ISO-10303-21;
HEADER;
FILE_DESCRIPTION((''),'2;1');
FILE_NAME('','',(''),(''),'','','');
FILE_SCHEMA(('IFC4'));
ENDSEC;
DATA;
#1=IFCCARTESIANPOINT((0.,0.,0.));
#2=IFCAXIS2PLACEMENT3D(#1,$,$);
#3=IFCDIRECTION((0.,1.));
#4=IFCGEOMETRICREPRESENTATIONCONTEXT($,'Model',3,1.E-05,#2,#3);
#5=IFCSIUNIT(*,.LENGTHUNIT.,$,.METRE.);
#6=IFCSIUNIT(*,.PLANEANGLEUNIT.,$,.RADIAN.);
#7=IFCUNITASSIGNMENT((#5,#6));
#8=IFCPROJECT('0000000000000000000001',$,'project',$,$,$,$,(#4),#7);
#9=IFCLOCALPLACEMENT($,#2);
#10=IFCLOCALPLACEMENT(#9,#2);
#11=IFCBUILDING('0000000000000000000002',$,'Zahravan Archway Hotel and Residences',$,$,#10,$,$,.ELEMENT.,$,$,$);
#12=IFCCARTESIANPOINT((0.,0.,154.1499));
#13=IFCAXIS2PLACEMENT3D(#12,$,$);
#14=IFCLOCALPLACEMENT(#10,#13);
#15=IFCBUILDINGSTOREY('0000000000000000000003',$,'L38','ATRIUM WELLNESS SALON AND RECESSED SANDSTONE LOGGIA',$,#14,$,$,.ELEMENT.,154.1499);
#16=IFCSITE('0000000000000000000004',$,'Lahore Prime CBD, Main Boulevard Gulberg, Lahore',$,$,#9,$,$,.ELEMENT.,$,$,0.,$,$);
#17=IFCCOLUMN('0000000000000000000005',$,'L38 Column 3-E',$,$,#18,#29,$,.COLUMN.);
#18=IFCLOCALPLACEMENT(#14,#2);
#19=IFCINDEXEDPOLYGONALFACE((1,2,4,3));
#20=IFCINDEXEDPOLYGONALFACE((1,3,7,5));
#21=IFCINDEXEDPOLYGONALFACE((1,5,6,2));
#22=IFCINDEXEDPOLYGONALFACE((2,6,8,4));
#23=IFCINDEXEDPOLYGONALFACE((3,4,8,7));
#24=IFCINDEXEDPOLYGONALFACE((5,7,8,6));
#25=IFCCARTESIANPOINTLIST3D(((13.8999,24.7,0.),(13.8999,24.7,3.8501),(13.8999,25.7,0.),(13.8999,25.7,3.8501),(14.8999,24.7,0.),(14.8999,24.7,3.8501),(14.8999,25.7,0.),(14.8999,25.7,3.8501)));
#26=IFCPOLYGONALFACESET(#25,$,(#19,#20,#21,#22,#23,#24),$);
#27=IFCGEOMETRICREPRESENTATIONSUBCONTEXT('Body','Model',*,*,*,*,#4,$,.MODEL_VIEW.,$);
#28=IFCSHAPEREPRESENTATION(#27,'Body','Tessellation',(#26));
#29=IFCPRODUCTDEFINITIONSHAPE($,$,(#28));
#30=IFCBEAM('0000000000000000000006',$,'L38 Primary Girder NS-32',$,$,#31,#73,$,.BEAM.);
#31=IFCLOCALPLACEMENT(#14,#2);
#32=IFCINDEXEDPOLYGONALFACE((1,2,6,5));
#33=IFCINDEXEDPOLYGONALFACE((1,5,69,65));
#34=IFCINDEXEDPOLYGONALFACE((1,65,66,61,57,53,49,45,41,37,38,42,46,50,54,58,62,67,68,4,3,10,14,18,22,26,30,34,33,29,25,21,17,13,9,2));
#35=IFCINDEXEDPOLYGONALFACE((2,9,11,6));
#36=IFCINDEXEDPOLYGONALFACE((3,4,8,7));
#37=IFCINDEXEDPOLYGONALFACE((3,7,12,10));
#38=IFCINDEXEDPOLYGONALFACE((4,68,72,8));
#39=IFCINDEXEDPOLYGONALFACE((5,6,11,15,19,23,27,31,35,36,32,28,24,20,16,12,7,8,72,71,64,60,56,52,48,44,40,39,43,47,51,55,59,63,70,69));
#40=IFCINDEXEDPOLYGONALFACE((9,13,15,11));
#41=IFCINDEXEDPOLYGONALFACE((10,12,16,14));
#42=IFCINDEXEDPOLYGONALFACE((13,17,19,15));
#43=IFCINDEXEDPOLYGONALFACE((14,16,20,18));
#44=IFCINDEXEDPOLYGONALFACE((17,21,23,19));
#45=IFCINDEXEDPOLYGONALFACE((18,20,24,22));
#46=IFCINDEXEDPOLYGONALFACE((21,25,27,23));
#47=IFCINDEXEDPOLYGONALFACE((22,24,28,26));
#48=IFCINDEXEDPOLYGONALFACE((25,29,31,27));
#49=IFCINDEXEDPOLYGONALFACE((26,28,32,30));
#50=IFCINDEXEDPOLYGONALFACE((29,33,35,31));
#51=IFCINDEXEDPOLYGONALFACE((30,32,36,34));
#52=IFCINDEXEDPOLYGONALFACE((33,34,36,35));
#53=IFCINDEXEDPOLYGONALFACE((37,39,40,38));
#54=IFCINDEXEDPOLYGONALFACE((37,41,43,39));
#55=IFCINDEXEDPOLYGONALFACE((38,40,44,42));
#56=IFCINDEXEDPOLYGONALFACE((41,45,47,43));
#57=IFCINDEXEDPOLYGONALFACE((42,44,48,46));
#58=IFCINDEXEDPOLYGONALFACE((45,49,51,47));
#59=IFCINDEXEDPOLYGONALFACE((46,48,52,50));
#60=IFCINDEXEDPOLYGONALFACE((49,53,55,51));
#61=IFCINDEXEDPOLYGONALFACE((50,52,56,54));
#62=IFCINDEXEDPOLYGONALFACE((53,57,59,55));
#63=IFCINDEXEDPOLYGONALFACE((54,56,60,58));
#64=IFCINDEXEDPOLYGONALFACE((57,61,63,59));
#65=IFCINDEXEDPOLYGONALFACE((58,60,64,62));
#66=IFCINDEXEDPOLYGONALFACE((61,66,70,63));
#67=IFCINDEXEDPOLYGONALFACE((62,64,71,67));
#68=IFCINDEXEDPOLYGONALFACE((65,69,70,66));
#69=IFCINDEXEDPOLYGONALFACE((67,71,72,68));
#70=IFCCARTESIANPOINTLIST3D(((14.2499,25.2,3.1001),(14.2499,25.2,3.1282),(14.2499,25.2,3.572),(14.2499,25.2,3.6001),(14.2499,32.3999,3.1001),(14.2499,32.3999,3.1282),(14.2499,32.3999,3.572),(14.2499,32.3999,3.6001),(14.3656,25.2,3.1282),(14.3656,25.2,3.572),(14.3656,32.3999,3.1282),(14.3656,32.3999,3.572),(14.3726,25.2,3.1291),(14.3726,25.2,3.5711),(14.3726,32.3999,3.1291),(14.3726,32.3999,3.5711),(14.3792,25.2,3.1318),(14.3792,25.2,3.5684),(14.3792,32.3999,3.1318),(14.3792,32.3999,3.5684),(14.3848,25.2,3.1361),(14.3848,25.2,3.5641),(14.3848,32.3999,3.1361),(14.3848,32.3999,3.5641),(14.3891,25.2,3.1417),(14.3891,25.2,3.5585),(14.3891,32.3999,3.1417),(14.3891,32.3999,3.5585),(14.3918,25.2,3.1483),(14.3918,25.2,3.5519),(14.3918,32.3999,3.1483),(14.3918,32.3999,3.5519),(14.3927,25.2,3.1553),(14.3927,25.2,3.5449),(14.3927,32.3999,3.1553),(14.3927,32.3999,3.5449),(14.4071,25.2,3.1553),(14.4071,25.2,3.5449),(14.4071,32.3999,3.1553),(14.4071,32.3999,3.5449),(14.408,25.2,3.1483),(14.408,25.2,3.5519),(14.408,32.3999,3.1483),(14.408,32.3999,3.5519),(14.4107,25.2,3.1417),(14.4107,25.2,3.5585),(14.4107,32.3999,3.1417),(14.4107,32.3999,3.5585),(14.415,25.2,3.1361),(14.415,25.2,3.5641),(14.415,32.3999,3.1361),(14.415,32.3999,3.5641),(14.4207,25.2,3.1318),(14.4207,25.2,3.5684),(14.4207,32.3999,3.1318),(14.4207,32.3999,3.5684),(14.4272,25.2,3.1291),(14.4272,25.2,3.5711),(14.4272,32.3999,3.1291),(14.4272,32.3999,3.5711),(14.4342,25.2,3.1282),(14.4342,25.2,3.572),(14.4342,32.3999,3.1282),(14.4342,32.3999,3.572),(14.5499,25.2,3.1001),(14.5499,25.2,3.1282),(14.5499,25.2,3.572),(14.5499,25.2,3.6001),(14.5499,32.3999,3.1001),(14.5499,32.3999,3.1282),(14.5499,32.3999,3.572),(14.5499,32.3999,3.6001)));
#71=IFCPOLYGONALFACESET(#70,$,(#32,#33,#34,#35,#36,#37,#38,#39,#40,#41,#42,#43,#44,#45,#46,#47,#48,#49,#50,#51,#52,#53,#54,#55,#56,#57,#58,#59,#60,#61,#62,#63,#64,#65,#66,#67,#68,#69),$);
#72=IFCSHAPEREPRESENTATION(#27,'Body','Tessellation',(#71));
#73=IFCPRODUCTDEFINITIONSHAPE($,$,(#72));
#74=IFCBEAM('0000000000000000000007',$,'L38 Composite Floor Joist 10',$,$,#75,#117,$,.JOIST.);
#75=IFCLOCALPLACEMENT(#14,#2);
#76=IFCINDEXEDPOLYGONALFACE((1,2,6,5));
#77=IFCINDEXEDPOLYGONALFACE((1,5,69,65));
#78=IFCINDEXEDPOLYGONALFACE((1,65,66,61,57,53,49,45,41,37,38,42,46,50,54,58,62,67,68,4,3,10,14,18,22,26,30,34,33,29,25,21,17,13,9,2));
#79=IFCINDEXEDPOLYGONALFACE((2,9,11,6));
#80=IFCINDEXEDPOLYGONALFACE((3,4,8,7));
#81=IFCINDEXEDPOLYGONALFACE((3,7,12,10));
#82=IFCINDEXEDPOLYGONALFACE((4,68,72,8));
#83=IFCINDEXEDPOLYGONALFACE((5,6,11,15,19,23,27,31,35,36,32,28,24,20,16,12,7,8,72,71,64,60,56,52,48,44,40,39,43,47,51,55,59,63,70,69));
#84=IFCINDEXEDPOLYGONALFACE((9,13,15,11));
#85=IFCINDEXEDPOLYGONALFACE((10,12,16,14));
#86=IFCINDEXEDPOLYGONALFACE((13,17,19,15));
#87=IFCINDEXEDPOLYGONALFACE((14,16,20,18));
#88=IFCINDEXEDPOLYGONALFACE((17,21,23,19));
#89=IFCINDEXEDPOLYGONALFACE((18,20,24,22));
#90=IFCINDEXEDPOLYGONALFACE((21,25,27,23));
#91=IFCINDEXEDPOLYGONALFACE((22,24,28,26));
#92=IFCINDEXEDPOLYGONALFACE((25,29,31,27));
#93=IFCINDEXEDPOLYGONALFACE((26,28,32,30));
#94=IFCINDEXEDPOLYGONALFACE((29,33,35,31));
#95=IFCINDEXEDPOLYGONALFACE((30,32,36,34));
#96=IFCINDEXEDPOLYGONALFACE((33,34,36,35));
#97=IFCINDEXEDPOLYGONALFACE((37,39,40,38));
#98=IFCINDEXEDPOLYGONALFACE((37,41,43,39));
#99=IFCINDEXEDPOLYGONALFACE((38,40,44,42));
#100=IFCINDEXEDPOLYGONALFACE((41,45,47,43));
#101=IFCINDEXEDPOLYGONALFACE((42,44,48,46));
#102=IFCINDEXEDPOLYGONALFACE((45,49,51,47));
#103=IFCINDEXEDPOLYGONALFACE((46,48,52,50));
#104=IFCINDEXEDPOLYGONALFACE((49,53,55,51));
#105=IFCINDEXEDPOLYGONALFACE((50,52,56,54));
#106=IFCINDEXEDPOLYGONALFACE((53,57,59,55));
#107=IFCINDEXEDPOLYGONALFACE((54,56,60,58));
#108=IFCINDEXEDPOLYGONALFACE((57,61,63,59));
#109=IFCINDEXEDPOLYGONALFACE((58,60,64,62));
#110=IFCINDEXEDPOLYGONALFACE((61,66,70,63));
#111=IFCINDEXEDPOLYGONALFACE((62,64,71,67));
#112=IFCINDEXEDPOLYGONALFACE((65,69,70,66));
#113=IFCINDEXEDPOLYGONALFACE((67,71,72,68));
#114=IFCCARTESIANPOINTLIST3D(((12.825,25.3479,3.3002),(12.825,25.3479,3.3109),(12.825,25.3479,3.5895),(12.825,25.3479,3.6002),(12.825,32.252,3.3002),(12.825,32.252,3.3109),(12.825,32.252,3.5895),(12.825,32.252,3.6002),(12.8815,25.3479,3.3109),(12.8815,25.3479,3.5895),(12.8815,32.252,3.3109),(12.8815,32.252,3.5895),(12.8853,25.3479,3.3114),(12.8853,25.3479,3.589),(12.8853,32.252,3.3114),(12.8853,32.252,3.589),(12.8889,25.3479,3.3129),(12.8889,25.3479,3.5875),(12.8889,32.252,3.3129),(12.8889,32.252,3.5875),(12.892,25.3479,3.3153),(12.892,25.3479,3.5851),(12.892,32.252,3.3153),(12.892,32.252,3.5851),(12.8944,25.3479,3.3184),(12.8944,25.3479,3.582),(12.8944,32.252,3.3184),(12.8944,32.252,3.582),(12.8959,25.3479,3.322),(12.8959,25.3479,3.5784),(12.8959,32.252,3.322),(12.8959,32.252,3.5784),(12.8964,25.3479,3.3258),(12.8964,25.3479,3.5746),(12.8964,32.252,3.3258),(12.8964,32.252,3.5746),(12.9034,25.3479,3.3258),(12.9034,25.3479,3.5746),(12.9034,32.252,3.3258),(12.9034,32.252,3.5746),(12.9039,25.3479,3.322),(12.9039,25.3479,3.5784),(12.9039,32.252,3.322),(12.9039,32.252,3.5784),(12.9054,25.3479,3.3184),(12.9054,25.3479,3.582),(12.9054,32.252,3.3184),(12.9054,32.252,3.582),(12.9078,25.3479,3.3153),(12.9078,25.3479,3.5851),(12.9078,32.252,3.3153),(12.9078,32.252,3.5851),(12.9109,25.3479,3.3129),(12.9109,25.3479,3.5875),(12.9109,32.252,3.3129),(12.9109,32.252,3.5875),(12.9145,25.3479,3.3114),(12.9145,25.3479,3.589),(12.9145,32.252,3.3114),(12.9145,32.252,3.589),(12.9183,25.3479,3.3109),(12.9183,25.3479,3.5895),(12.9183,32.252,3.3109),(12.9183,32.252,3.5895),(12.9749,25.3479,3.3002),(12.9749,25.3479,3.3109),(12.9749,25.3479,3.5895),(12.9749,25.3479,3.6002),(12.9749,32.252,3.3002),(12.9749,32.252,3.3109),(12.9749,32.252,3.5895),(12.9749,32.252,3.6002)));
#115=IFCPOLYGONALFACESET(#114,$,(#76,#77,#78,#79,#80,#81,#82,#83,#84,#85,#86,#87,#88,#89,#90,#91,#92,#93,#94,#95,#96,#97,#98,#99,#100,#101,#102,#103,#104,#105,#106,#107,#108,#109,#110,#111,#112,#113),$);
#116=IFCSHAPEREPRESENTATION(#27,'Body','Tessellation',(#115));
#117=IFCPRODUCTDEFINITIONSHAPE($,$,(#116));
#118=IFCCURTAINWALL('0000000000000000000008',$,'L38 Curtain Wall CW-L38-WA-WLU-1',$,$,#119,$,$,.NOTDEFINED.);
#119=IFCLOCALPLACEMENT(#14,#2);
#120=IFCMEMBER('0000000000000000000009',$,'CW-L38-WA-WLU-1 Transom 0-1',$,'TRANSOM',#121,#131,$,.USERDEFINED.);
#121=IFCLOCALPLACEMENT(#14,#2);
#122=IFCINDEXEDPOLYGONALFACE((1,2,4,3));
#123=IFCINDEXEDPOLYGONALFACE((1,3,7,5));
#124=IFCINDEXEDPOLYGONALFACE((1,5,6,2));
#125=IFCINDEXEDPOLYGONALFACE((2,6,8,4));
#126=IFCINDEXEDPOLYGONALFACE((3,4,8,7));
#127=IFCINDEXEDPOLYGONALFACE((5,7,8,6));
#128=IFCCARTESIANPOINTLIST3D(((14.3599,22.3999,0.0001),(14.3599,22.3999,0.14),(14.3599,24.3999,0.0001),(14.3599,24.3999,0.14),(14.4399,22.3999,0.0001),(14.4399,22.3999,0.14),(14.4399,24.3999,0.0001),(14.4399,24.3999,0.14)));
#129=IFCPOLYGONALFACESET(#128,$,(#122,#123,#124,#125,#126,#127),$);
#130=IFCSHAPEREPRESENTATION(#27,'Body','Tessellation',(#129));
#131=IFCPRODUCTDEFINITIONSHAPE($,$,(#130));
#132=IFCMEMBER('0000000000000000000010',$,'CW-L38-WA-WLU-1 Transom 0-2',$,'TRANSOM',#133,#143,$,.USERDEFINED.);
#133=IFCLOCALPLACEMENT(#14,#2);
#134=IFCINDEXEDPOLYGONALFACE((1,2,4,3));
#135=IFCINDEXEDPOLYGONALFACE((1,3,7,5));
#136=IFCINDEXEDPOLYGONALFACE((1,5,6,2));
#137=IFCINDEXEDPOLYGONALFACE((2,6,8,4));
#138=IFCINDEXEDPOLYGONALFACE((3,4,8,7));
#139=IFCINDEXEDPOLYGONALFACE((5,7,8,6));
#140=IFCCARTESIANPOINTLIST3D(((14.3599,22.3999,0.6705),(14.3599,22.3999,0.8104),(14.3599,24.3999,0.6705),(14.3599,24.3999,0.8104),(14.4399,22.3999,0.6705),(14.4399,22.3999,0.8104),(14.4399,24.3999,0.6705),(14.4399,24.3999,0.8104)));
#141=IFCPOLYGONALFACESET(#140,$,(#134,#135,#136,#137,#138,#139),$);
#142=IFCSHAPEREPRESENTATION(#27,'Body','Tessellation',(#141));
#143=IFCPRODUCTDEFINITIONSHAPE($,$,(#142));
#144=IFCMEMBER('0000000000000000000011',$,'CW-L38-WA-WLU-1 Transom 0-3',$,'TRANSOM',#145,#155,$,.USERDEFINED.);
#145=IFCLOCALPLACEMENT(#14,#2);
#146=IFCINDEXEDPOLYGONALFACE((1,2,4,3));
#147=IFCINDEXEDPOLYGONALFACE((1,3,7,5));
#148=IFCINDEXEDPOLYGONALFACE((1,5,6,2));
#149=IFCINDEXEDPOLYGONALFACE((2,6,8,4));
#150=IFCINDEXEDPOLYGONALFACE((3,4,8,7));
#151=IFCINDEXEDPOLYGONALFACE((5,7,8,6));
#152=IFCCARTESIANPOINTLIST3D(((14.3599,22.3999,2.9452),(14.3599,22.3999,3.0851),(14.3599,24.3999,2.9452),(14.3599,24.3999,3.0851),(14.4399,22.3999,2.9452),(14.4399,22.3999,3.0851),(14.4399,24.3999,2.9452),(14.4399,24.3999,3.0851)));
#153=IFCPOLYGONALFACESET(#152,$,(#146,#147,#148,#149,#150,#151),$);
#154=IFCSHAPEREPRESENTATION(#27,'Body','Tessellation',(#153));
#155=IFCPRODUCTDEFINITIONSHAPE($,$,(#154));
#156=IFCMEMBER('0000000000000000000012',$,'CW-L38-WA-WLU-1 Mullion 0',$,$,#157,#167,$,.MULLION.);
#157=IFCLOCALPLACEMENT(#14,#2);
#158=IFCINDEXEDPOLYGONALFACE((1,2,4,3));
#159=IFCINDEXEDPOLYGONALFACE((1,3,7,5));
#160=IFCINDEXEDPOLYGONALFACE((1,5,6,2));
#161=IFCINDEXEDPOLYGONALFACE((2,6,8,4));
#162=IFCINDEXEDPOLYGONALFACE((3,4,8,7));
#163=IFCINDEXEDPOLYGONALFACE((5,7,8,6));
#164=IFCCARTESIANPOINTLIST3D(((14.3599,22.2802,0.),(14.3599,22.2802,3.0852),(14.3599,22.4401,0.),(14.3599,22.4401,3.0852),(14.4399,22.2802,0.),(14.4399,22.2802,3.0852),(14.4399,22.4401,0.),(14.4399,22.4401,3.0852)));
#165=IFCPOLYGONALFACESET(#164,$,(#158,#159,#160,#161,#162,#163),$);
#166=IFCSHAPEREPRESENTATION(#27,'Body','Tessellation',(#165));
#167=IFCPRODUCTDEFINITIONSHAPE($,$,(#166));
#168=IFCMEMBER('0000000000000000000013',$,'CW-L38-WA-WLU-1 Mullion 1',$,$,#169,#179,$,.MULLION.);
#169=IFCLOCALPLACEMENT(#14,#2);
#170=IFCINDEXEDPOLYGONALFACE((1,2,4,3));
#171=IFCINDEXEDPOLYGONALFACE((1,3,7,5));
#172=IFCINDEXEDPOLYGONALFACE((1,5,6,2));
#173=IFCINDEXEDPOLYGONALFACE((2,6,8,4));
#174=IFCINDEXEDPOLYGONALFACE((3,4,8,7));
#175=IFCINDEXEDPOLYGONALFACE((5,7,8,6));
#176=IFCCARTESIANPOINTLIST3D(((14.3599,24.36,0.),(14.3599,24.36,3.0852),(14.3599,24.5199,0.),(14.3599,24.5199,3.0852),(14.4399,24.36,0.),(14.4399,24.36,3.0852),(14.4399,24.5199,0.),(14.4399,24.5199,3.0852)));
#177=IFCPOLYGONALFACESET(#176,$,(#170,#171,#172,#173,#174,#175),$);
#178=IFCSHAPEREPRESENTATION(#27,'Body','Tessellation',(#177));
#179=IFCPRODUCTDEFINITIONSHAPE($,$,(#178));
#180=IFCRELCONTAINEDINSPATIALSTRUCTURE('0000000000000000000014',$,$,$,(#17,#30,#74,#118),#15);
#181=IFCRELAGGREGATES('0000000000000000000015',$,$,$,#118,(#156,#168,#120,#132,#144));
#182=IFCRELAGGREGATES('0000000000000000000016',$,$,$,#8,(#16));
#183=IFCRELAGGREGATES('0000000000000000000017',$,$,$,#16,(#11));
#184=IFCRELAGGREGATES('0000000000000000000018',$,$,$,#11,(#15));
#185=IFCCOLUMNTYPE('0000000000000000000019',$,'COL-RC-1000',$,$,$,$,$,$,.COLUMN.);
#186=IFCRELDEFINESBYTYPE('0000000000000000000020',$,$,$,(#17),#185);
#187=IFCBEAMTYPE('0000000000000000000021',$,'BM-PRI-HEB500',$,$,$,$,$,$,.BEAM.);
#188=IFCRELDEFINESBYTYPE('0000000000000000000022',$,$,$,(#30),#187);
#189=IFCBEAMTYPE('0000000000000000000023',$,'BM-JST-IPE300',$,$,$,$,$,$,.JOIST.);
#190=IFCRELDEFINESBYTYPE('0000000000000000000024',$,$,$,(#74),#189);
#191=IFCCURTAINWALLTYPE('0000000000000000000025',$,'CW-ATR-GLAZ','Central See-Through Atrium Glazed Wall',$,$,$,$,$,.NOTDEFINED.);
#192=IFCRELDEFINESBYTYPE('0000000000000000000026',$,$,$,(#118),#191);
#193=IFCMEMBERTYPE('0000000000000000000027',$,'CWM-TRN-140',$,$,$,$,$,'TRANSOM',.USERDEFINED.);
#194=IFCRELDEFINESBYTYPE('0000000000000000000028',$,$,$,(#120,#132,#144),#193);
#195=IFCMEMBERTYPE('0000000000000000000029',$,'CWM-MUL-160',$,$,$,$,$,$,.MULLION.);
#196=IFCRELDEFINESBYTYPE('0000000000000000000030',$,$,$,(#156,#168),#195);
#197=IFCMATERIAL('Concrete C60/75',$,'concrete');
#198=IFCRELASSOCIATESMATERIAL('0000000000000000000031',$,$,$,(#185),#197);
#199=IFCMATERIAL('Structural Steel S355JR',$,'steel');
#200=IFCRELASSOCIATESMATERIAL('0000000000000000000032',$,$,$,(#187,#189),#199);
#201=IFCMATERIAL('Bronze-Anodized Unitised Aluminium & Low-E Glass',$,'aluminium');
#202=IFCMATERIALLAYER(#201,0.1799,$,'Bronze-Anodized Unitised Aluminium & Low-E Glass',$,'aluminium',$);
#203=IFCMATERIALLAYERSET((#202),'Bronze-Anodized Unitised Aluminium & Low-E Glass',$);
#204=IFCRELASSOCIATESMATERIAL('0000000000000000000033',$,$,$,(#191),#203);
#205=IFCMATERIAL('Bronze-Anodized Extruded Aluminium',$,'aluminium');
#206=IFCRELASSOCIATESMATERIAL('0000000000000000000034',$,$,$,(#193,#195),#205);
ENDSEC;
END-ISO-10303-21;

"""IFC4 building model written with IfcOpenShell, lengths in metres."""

from ifc_helpers import new_model, si_unit, direction, frame, origin, origin_2d, place, context, subcontext, project, spatial, rectangle, i_section, extrude, source, transform, mapped, material, layer, layer_set, material_profile, profile_set, type_object, type_shapes, element, aggregate, save


model = new_model("IFC4")

# Units and contexts
model_context = context("Model", 3, precision=1e-05, world=origin(), true_north=direction((0.0, 1.0)))
body_context = subcontext(model_context, "Body", "Model", "MODEL_VIEW")
ifc_project = project(units=[si_unit("LENGTHUNIT", "METRE"), si_unit("PLANEANGLEUNIT", "RADIAN")], contexts=[model_context])

# Site, building, storey
site_placement = place(None, origin())
site = spatial("IfcSite", under=ifc_project, at=site_placement, Name="Lahore Prime CBD, Main Boulevard Gulberg, Lahore", CompositionType="ELEMENT", RefElevation=0.0)
building_placement = place(site_placement, origin())
building = spatial("IfcBuilding", under=site, at=building_placement, Name="Zahravan Archway Hotel and Residences", CompositionType="ELEMENT")
storey_placement = place(building_placement, frame((0.0, 0.0, 154.1499)))
storey = spatial("IfcBuildingStorey", under=building, at=storey_placement, Name="L38", Description="ATRIUM WELLNESS SALON AND RECESSED SANDSTONE LOGGIA", CompositionType="ELEMENT", Elevation=154.1499)

# Column
ifc_material_1 = material(Name="Concrete C60/75", Category="concrete")
ifc_material_profile_1 = material_profile(ifc_material_1, rectangle(XDim=1.0, YDim=1.0, at=origin_2d()), Name="RC-COL-1000x1000", Category="concrete")
ifc_profile_set_1 = profile_set([ifc_material_profile_1], Name="Concrete C60/75")
column_type = type_object("IfcColumnType", Name="COL-RC-1000", PredefinedType="COLUMN", material=ifc_profile_set_1)
shared_shape_1 = source(origin(), body_context, "Body", "SweptSolid", [
    extrude(rectangle(XDim=1.0, YDim=1.0, at=origin_2d()), origin(), (0.0, 0.0, 1.0), 3.8501),
])
column_placement = place(storey_placement, frame((14.3999, 25.2, 0.0), z_axis=(0.0, 0.0, 1.0), x_axis=(1.0, 0.0, 0.0)))
element("IfcColumn", 1, at=column_placement, inside=storey, type_object=column_type, Name="L38 Column 3-E", PredefinedType="COLUMN", context=body_context, shape_type="MappedRepresentation", body=[
    mapped(shared_shape_1, transform((0.0, 0.0, 0.0), scale=1.0)),
])

# Beams
ifc_material_2 = material(Name="Structural Steel S355JR", Category="steel")
ifc_material_profile_2 = material_profile(ifc_material_2, i_section(OverallWidth=0.3, OverallDepth=0.5, WebThickness=0.0144, FlangeThickness=0.0281, FilletRadius=0.0271, at=origin_2d()), Name="HEB 500", Category="steel")
ifc_profile_set_2 = profile_set([ifc_material_profile_2], Name="Structural Steel S355JR")
beam_type_1 = type_object("IfcBeamType", Name="BM-PRI-HEB500", PredefinedType="BEAM", material=ifc_profile_set_2)
shared_shape_2 = source(origin(), body_context, "Body", "SweptSolid", [
    extrude(i_section(OverallWidth=0.3, OverallDepth=0.5, WebThickness=0.0144, FlangeThickness=0.0281, FilletRadius=0.0271, at=origin_2d()), origin(), (0.0, 0.0, 1.0), 7.2),
])
beam_1_placement = place(storey_placement, frame((14.3999, 25.2, 3.3501), z_axis=(0.0, 1.0, 0.0), x_axis=(-1.0, 0.0, 0.0)))
element("IfcBeam", 2, at=beam_1_placement, inside=storey, type_object=beam_type_1, Name="L38 Primary Girder NS-32", PredefinedType="BEAM", context=body_context, shape_type="MappedRepresentation", body=[
    mapped(shared_shape_2, transform((0.0, 0.0, 0.0), scale=1.0)),
])
ifc_material_profile_3 = material_profile(ifc_material_2, i_section(OverallWidth=0.1499, OverallDepth=0.3, WebThickness=0.0071, FlangeThickness=0.0107, FilletRadius=0.0149, at=origin_2d()), Name="IPE 300", Category="steel")
ifc_profile_set_3 = profile_set([ifc_material_profile_3], Name="Structural Steel S355JR")
beam_type_2 = type_object("IfcBeamType", Name="BM-JST-IPE300", PredefinedType="JOIST", material=ifc_profile_set_3)
shared_shape_3 = source(origin(), body_context, "Body", "SweptSolid", [
    extrude(i_section(OverallWidth=0.1499, OverallDepth=0.3, WebThickness=0.0071, FlangeThickness=0.0107, FilletRadius=0.0149, at=origin_2d()), origin(), (0.0, 0.0, 1.0), 6.9041),
])
type_shapes(beam_type_2, [shared_shape_3])
beam_2_placement = place(storey_placement, frame((12.8999, 25.3479, 3.4502), z_axis=(0.0, 1.0, 0.0), x_axis=(-1.0, 0.0, 0.0)))
element("IfcBeam", 3, at=beam_2_placement, inside=storey, type_object=beam_type_2, Name="L38 Composite Floor Joist 10", PredefinedType="JOIST", context=body_context, shape_type="MappedRepresentation", body=[
    mapped(shared_shape_3, transform((0.0, 0.0, 0.0), scale=1.0)),
])

# Curtain wall, members
ifc_material_3 = material(Name="Bronze-Anodized Unitised Aluminium & Low-E Glass", Category="aluminium")
ifc_layer_1 = layer(ifc_material_3, 0.1799, Name="Bronze-Anodized Unitised Aluminium & Low-E Glass", Category="aluminium")
ifc_layer_set_1 = layer_set([ifc_layer_1], Name="Bronze-Anodized Unitised Aluminium & Low-E Glass")
curtain_wall_type = type_object("IfcCurtainWallType", Name="CW-ATR-GLAZ", Description="Central See-Through Atrium Glazed Wall", PredefinedType="NOTDEFINED", material=ifc_layer_set_1)
curtain_wall_1_placement = place(storey_placement, origin())
curtain_wall_1 = element("IfcCurtainWall", 4, at=curtain_wall_1_placement, inside=storey, type_object=curtain_wall_type, Name="L38 Curtain Wall CW-L38-WA-WLU-1", PredefinedType="NOTDEFINED")
ifc_material_4 = material(Name="Bronze-Anodized Extruded Aluminium", Category="aluminium")
ifc_material_profile_4 = material_profile(ifc_material_4, rectangle(XDim=0.0801, YDim=0.1399, at=origin_2d()), Name="TRN 80x140", Category="aluminium")
ifc_profile_set_4 = profile_set([ifc_material_profile_4], Name="Bronze-Anodized Extruded Aluminium")
member_type_1 = type_object("IfcMemberType", Name="CWM-TRN-140", ElementType="TRANSOM", PredefinedType="USERDEFINED", material=ifc_profile_set_4)
shared_shape_4 = source(origin(), body_context, "Body", "SweptSolid", [
    extrude(rectangle(XDim=0.0801, YDim=0.1399, at=origin_2d()), origin(), (0.0, 0.0, 1.0), 2.0),
])
member_1_placement = place(storey_placement, frame((14.3999, 22.3999, 0.0701), z_axis=(0.0, 1.0, 0.0), x_axis=(-1.0, 0.0, 0.0)))
member_1 = element("IfcMember", 5, at=member_1_placement, type_object=member_type_1, Name="CW-L38-WA-WLU-1 Transom 0-1", ObjectType="TRANSOM", PredefinedType="USERDEFINED", context=body_context, shape_type="MappedRepresentation", body=[
    mapped(shared_shape_4, transform((0.0, 0.0, 0.0), scale=1.0)),
])
member_2_placement = place(storey_placement, frame((14.3999, 22.3999, 0.7405), z_axis=(0.0, 1.0, 0.0), x_axis=(-1.0, 0.0, 0.0)))
member_2 = element("IfcMember", 6, at=member_2_placement, type_object=member_type_1, Name="CW-L38-WA-WLU-1 Transom 0-2", ObjectType="TRANSOM", PredefinedType="USERDEFINED", context=body_context, shape_type="MappedRepresentation", body=[
    mapped(shared_shape_4, transform((0.0, 0.0, 0.0), scale=1.0)),
])
member_3_placement = place(storey_placement, frame((14.3999, 22.3999, 3.0151), z_axis=(0.0, 1.0, 0.0), x_axis=(-1.0, 0.0, 0.0)))
member_3 = element("IfcMember", 7, at=member_3_placement, type_object=member_type_1, Name="CW-L38-WA-WLU-1 Transom 0-3", ObjectType="TRANSOM", PredefinedType="USERDEFINED", context=body_context, shape_type="MappedRepresentation", body=[
    mapped(shared_shape_4, transform((0.0, 0.0, 0.0), scale=1.0)),
])
ifc_material_profile_5 = material_profile(ifc_material_4, rectangle(XDim=0.0801, YDim=0.1599, at=origin_2d()), Name="MUL 80x160", Category="aluminium")
ifc_profile_set_5 = profile_set([ifc_material_profile_5], Name="Bronze-Anodized Extruded Aluminium")
member_type_2 = type_object("IfcMemberType", Name="CWM-MUL-160", PredefinedType="MULLION", material=ifc_profile_set_5)
shared_shape_5 = source(origin(), body_context, "Body", "SweptSolid", [
    extrude(rectangle(XDim=0.0801, YDim=0.1599, at=origin_2d()), origin(), (0.0, 0.0, 1.0), 3.0852),
])
member_4_placement = place(storey_placement, frame((14.3999, 22.3601, 0.0), z_axis=(0.0, 0.0, 1.0), x_axis=(1.0, 0.0, 0.0)))
member_4 = element("IfcMember", 8, at=member_4_placement, type_object=member_type_2, Name="CW-L38-WA-WLU-1 Mullion 0", PredefinedType="MULLION", context=body_context, shape_type="MappedRepresentation", body=[
    mapped(shared_shape_5, transform((0.0, 0.0, 0.0), scale=1.0)),
])
member_5_placement = place(storey_placement, frame((14.3999, 24.4399, 0.0), z_axis=(0.0, 0.0, 1.0), x_axis=(1.0, 0.0, 0.0)))
member_5 = element("IfcMember", 9, at=member_5_placement, type_object=member_type_2, Name="CW-L38-WA-WLU-1 Mullion 1", PredefinedType="MULLION", context=body_context, shape_type="MappedRepresentation", body=[
    mapped(shared_shape_5, transform((0.0, 0.0, 0.0), scale=1.0)),
])

aggregate(curtain_wall_1, [member_4, member_5, member_1, member_2, member_3])

save(model, "model.ifc")
